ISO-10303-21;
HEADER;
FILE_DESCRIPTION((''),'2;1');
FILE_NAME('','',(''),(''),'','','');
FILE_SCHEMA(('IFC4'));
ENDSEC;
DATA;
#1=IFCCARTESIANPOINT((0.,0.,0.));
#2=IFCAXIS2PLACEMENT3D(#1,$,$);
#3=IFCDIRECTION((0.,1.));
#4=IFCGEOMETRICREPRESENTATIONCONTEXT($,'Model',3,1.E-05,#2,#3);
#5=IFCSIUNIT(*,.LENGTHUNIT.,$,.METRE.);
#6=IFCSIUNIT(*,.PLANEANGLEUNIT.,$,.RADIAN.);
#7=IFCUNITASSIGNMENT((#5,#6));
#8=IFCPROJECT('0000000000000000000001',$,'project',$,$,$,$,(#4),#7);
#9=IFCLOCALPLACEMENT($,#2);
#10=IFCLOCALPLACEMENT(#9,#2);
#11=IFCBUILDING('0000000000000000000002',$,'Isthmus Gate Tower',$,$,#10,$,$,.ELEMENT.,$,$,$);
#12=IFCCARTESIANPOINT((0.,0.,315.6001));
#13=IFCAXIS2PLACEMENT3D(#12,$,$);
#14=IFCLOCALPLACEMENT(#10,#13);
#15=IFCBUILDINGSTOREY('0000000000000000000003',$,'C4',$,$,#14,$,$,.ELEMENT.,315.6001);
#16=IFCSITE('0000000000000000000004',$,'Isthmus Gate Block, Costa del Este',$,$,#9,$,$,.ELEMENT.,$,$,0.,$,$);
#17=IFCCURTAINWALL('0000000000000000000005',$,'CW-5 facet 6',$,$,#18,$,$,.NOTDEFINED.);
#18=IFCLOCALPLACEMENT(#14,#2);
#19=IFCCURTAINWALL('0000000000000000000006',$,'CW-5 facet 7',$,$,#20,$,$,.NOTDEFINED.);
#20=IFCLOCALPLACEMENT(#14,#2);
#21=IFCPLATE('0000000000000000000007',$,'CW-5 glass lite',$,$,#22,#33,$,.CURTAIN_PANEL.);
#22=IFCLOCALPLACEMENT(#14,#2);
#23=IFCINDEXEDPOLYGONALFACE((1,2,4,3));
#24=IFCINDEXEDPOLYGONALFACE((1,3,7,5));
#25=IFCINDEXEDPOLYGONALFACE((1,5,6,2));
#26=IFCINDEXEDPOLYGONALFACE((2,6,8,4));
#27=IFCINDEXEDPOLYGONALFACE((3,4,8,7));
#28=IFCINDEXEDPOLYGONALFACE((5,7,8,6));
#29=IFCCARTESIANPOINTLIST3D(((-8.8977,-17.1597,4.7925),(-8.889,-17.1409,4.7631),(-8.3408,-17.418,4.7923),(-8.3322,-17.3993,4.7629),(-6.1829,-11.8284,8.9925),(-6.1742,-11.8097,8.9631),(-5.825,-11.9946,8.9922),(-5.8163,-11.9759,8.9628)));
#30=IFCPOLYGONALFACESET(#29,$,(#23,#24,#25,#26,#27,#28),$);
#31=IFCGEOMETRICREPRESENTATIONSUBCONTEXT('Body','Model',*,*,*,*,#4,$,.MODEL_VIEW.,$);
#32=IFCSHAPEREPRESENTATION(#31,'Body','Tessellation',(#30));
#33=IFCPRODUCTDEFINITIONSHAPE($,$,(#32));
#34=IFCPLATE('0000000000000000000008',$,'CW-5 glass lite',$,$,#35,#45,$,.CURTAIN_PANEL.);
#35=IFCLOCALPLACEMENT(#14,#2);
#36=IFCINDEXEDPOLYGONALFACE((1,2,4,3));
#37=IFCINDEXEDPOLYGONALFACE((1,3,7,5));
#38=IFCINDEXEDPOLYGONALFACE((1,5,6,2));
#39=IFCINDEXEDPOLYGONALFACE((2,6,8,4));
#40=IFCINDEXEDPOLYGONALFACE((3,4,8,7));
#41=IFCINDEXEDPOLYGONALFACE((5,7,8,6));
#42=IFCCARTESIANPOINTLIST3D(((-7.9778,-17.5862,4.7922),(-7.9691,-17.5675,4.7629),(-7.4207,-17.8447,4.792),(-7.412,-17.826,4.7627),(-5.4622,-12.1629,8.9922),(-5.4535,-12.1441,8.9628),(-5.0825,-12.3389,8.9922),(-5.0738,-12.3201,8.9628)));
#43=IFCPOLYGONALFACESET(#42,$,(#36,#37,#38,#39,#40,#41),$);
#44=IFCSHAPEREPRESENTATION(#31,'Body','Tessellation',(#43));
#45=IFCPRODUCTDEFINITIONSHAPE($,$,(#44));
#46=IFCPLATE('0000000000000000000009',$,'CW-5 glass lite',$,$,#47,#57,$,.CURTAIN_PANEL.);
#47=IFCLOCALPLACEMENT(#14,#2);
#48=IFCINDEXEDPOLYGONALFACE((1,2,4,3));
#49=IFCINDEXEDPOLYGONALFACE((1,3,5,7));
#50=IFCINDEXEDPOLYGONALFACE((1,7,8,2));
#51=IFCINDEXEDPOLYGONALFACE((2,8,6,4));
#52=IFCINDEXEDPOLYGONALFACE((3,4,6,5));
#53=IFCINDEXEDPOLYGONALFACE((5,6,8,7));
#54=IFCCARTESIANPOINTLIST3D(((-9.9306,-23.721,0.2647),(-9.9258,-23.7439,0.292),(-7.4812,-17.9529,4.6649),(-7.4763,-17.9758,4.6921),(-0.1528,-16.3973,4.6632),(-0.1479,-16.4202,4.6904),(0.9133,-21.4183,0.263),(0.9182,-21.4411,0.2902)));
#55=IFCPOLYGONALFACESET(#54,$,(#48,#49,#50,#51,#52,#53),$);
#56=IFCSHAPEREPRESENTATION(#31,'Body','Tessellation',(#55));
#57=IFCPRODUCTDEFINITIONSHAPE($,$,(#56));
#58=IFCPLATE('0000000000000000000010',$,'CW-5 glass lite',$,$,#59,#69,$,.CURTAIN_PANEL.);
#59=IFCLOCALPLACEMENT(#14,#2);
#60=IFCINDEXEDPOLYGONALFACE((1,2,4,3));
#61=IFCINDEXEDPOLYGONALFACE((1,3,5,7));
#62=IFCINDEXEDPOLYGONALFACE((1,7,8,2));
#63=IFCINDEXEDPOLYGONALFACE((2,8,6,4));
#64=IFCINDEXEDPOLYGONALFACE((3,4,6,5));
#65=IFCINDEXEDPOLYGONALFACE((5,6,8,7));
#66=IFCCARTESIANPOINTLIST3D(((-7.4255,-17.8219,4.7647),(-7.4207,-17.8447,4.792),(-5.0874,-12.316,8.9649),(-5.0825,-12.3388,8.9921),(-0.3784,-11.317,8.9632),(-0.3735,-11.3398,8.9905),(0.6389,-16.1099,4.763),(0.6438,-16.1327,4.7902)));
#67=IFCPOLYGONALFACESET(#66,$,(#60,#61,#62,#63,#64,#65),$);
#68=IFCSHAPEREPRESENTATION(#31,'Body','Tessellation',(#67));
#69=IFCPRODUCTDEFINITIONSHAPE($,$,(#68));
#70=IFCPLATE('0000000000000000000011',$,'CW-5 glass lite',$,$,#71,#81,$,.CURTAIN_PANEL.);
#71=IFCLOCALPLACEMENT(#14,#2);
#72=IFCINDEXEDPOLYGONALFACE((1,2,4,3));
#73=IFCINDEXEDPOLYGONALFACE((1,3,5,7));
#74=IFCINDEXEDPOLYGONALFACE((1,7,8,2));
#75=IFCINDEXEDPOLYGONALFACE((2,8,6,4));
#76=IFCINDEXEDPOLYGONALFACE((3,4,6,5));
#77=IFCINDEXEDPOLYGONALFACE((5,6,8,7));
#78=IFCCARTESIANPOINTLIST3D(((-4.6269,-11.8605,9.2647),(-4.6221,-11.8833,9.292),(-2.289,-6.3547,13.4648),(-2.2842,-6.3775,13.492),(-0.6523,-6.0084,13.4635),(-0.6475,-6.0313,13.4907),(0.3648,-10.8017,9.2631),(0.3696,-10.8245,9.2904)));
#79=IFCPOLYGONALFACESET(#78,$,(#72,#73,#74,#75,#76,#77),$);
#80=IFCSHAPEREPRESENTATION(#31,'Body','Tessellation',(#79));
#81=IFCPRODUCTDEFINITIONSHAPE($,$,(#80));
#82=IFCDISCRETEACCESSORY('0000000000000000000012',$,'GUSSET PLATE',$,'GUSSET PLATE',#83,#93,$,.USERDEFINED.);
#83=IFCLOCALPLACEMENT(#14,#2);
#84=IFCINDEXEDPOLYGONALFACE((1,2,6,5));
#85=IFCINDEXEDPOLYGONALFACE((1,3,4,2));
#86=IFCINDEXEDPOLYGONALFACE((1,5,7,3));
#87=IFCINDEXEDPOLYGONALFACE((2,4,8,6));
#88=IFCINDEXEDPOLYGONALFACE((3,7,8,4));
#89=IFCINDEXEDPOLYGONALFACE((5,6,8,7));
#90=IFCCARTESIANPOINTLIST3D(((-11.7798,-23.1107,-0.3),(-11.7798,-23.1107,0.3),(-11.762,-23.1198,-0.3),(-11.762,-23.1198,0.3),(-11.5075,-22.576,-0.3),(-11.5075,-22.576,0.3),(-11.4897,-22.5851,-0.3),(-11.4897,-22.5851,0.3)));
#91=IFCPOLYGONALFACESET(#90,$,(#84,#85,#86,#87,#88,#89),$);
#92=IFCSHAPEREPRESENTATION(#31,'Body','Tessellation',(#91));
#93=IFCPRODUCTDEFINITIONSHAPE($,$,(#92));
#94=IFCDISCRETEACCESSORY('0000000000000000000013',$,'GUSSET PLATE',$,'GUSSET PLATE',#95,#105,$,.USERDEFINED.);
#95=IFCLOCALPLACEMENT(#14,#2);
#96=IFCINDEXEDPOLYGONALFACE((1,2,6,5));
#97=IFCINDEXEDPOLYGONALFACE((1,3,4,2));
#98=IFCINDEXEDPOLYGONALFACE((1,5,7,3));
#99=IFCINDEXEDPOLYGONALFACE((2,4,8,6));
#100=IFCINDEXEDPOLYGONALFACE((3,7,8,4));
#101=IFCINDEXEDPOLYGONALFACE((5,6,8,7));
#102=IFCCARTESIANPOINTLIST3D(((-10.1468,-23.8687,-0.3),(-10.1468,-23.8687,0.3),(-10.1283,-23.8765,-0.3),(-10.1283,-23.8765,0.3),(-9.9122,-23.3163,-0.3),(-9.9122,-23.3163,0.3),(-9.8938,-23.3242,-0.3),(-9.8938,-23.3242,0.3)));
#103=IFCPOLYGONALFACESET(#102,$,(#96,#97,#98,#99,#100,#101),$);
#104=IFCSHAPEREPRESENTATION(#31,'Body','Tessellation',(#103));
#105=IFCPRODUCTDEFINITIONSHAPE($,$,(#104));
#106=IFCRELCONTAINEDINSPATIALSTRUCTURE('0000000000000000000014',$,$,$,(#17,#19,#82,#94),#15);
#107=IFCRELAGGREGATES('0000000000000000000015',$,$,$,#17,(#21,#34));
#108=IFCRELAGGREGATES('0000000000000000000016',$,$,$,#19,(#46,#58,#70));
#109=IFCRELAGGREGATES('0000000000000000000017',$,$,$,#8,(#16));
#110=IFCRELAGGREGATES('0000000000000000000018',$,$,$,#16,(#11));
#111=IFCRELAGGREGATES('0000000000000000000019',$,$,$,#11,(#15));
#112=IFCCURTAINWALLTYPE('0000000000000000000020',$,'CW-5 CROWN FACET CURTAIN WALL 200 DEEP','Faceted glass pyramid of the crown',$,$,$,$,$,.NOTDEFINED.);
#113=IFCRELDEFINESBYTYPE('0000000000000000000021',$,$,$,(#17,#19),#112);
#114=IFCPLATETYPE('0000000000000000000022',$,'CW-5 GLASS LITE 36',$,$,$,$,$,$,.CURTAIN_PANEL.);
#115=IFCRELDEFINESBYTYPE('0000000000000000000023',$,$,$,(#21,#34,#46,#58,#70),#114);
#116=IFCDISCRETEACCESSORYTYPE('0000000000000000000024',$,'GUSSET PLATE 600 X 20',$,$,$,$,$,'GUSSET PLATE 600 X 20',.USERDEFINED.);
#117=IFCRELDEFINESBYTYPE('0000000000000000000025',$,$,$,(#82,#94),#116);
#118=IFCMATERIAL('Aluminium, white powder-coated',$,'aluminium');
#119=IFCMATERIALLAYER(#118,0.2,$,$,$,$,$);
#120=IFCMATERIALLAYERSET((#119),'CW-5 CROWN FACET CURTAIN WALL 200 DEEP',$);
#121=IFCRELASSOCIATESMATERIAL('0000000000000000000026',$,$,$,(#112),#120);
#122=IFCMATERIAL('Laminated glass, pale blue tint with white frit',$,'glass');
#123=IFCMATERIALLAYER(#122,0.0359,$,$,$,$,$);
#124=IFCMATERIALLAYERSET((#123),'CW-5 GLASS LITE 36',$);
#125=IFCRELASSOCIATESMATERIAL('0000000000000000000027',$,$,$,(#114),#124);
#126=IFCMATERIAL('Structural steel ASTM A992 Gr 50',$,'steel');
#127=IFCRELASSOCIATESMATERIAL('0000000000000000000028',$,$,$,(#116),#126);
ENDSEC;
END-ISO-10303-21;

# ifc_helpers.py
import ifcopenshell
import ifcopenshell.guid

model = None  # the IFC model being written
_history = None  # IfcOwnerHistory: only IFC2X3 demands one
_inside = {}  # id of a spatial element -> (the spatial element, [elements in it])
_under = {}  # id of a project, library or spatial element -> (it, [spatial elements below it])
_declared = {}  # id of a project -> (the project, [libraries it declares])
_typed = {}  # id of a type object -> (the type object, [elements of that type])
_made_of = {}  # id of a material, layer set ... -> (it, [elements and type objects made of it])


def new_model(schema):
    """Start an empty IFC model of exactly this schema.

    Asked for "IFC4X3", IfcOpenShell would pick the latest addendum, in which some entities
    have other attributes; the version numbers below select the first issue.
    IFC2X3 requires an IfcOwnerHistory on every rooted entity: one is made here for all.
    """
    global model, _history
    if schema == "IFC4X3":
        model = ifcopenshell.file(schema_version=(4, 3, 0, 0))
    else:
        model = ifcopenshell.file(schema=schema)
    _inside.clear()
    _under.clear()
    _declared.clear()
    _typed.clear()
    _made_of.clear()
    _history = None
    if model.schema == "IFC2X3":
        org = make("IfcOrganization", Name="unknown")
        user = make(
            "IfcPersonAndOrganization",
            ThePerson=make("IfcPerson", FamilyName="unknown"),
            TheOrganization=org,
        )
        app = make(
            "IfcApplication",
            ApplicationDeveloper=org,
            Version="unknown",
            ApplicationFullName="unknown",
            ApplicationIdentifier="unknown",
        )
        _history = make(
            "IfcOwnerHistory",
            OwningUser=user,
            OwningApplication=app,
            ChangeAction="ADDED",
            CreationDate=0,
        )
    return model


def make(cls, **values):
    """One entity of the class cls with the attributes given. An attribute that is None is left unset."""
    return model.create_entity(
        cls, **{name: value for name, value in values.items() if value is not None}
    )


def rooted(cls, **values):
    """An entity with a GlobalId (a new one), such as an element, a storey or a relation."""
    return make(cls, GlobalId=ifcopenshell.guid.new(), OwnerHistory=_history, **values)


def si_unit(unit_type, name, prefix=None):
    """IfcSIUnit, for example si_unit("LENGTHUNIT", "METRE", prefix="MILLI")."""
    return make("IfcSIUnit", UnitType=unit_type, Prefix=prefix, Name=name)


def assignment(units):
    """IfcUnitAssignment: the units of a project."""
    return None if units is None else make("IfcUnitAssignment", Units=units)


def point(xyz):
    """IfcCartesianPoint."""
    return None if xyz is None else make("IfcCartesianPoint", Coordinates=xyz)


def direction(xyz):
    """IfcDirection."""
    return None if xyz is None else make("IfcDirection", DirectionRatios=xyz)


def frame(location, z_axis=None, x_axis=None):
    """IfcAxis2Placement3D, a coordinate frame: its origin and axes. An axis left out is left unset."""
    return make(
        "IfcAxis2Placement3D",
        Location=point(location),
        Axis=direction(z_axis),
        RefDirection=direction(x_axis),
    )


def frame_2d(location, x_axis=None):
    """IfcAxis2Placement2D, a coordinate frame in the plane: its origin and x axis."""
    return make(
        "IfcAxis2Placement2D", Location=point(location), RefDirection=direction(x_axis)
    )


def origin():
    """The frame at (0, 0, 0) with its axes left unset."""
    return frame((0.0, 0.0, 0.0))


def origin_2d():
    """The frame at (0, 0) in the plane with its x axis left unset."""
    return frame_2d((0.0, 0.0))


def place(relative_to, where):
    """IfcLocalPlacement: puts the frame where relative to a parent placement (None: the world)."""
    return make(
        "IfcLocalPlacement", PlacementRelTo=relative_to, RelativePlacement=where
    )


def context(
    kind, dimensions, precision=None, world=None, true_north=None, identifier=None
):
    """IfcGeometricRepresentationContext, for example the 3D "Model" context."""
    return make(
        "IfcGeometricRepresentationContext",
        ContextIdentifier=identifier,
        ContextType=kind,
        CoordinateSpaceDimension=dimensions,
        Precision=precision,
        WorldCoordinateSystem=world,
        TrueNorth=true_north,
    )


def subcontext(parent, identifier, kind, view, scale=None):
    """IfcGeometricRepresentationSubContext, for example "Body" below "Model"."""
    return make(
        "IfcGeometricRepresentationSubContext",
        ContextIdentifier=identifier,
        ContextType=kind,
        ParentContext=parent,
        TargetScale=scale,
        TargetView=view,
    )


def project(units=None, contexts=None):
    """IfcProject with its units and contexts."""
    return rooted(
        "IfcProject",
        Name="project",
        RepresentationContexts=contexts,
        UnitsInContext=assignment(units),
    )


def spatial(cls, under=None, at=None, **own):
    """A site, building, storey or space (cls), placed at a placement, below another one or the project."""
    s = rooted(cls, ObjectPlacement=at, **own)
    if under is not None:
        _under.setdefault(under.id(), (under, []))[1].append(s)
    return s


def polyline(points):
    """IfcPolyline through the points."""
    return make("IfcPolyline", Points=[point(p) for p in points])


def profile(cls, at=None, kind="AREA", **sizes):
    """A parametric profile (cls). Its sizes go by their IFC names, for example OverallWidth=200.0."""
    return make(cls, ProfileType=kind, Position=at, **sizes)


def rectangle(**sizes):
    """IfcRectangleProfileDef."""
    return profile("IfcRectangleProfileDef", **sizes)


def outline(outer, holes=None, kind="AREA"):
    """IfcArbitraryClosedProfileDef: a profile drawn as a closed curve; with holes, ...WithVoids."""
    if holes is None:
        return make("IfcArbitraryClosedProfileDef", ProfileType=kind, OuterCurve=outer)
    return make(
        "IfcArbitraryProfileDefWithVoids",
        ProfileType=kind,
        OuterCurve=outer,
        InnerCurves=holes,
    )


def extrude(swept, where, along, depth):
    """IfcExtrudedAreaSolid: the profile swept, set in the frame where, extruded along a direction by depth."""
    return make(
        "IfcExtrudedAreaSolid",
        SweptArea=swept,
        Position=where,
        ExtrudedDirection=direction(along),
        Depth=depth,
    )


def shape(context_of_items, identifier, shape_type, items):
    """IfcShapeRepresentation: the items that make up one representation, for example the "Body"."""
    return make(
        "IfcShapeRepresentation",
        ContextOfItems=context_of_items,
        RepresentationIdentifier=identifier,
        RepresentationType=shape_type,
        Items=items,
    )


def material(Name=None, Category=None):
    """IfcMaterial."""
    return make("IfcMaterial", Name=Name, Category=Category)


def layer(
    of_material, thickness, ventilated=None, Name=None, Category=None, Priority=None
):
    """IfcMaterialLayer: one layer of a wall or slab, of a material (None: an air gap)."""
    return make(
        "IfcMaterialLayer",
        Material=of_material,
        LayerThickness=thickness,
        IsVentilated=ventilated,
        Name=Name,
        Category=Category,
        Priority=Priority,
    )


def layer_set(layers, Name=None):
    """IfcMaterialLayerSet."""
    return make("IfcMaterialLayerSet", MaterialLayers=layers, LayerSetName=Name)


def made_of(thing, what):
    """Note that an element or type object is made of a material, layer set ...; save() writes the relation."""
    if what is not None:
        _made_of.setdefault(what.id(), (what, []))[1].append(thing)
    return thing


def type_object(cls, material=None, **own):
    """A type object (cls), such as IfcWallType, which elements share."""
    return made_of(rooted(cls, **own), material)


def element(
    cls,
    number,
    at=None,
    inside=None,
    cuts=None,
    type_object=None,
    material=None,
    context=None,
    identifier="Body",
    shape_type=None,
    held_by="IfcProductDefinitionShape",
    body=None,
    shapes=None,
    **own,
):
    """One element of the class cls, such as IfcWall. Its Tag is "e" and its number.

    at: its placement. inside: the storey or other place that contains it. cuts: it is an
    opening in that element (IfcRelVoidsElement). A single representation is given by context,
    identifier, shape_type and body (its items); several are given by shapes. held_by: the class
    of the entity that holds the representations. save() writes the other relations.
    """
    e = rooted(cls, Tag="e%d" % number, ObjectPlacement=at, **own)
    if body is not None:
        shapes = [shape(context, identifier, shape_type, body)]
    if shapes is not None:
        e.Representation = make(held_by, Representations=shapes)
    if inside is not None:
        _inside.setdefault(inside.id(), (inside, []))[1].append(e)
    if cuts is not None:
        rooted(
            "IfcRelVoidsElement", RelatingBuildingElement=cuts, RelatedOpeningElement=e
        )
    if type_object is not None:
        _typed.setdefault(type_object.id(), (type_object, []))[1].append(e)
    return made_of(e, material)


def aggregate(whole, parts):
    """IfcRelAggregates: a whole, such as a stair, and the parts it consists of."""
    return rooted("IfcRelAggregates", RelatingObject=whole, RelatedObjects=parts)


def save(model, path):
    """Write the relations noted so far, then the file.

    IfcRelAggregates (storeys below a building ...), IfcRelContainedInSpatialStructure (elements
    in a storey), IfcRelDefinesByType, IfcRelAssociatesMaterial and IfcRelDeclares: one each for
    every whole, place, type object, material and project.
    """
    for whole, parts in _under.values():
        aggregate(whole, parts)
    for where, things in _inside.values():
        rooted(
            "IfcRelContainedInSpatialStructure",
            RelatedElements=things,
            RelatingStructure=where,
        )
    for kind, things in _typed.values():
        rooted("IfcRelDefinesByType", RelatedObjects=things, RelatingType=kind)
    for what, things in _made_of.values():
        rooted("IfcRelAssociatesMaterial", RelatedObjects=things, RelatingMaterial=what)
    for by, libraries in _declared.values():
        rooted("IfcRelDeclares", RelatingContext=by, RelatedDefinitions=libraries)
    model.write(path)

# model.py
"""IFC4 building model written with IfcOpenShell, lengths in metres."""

from ifc_helpers import new_model, si_unit, direction, frame, origin, origin_2d, place, context, subcontext, project, spatial, polyline, rectangle, outline, extrude, material, layer, layer_set, type_object, element, aggregate, save


model = new_model("IFC4")

# Units and contexts
model_context = context("Model", 3, precision=1e-05, world=origin(), true_north=direction((0.0, 1.0)))
body_context = subcontext(model_context, "Body", "Model", "MODEL_VIEW")
ifc_project = project(units=[si_unit("LENGTHUNIT", "METRE"), si_unit("PLANEANGLEUNIT", "RADIAN")], contexts=[model_context])

# Site, building, storey
site_placement = place(None, origin())
site = spatial("IfcSite", under=ifc_project, at=site_placement, Name="Isthmus Gate Block, Costa del Este", CompositionType="ELEMENT", RefElevation=0.0)
building_placement = place(site_placement, origin())
building = spatial("IfcBuilding", under=site, at=building_placement, Name="Isthmus Gate Tower", CompositionType="ELEMENT")
storey_placement = place(building_placement, frame((0.0, 0.0, 315.6001)))
storey = spatial("IfcBuildingStorey", under=building, at=storey_placement, Name="C4", CompositionType="ELEMENT", Elevation=315.6001)

# Curtain walls
ifc_material_1 = material(Name="Aluminium, white powder-coated", Category="aluminium")
ifc_layer_1 = layer(ifc_material_1, 0.2)
ifc_layer_set_1 = layer_set([ifc_layer_1], Name="CW-5 CROWN FACET CURTAIN WALL 200 DEEP")
curtain_wall_type_1 = type_object("IfcCurtainWallType", Name="CW-5 CROWN FACET CURTAIN WALL 200 DEEP", Description="Faceted glass pyramid of the crown", PredefinedType="NOTDEFINED", material=ifc_layer_set_1)
curtain_wall_1_placement = place(storey_placement, origin())
curtain_wall_1 = element("IfcCurtainWall", 1, at=curtain_wall_1_placement, inside=storey, type_object=curtain_wall_type_1, Name="CW-5 facet 6", PredefinedType="NOTDEFINED")
placement_1 = place(building_placement, frame((0.0, 0.0, 324.6001)))
curtain_wall_2_placement = place(storey_placement, origin())
curtain_wall_2 = element("IfcCurtainWall", 2, at=curtain_wall_2_placement, inside=storey, type_object=curtain_wall_type_1, Name="CW-5 facet 7", PredefinedType="NOTDEFINED")

# Shared definitions
placement_2 = place(building_placement, frame((0.0, 0.0, 320.1001)))

# Plates
ifc_material_2 = material(Name="Laminated glass, pale blue tint with white frit", Category="glass")
ifc_layer_2 = layer(ifc_material_2, 0.0359)
ifc_layer_set_2 = layer_set([ifc_layer_2], Name="CW-5 GLASS LITE 36")
plate_type_1 = type_object("IfcPlateType", Name="CW-5 GLASS LITE 36", PredefinedType="CURTAIN_PANEL", material=ifc_layer_set_2)
plate_1_placement = place(placement_2, frame((-8.8977, -17.1597, 0.2925), z_axis=(-0.241633, -0.521585, 0.818268), x_axis=(0.907152, -0.420803, -0.00035)))
plate_1 = element("IfcPlate", 3, at=plate_1_placement, type_object=plate_type_1, Name="CW-5 glass lite", PredefinedType="CURTAIN_PANEL", context=body_context, shape_type="SweptSolid", body=[
    extrude(outline(polyline([(0.0, 0.0), (0.6139, 0.0), (0.6125, 7.3063), (0.2179, 7.3065), (0.0, 0.0)])), origin(), (0.0, 0.0, -1.0), 0.0359),
])
plate_2_placement = place(placement_2, frame((-7.9778, -17.5862, 0.2922), z_axis=(-0.241737, -0.521553, 0.818258), x_axis=(0.907072, -0.420976, -0.000353)))
plate_2 = element("IfcPlate", 4, at=plate_2_placement, type_object=plate_type_1, Name="CW-5 glass lite", PredefinedType="CURTAIN_PANEL", context=body_context, shape_type="SweptSolid", body=[
    extrude(outline(polyline([(0.0, 0.0), (0.6142, 0.0), (0.4157, 7.3064), (-0.0027, 7.3062), (0.0, 0.0)])), origin(), (0.0, 0.0, -1.0), 0.0359),
])
aggregate(curtain_wall_1, [plate_1, plate_2])
plate_3_placement = place(storey_placement, frame((-9.9258, -23.7439, 0.292), z_axis=(0.135311, -0.636617, 0.759216), x_axis=(0.978188, 0.207722, -0.000158)))
plate_3 = element("IfcPlate", 5, at=plate_3_placement, type_object=plate_type_1, Name="CW-5 glass lite", PredefinedType="CURTAIN_PANEL", context=body_context, shape_type="SweptSolid", body=[
    extrude(outline(polyline([(0.0, 0.0), (11.0858, 0.0), (11.0852, 6.7608), (3.5935, 6.7615), (0.0, 0.0)])), origin(), (0.0, 0.0, -1.0), 0.0359),
])
plate_4_placement = place(placement_2, frame((-7.4207, -17.8447, 0.292), z_axis=(0.135314, -0.636618, 0.759215), x_axis=(0.978201, 0.20766, -0.000217)))
plate_4 = element("IfcPlate", 6, at=plate_4_placement, type_object=plate_type_1, Name="CW-5 glass lite", PredefinedType="CURTAIN_PANEL", context=body_context, shape_type="SweptSolid", body=[
    extrude(outline(polyline([(0.0, 0.0), (8.2442, 0.0), (8.2434, 6.4536), (3.4296, 6.4545), (0.0, 0.0)])), origin(), (0.0, 0.0, -1.0), 0.0359),
])
plate_5_placement = place(placement_1, frame((-4.6221, -11.8833, 0.292), z_axis=(0.135278, -0.63661, 0.759228), x_axis=(0.978237, 0.207491, -0.000321)))
plate_5 = element("IfcPlate", 7, at=plate_5_placement, type_object=plate_type_1, Name="CW-5 glass lite", PredefinedType="CURTAIN_PANEL", context=body_context, shape_type="SweptSolid", body=[
    extrude(outline(polyline([(0.0, 0.0), (5.1028, 0.0), (5.101, 6.4539), (3.4281, 6.4551), (0.0, 0.0)])), origin(), (0.0, 0.0, -1.0), 0.0359),
])
aggregate(curtain_wall_2, [plate_3, plate_4, plate_5])

# Discrete accessories
ifc_material_3 = material(Name="Structural steel ASTM A992 Gr 50", Category="steel")
discrete_accessory_type = type_object("IfcDiscreteAccessoryType", Name="GUSSET PLATE 600 X 20", ElementType="GUSSET PLATE 600 X 20", PredefinedType="USERDEFINED", material=ifc_material_3)
for number, where, z_axis, x_axis, name in (
    (8, (-11.6348, -22.8479, -0.3), (0.0, 0.0, 1.0), (0.453784, 0.891112, 0.0), "GUSSET PLATE"),
    (9, (-10.0203, -23.5964, -0.3), (0.0, 0.0, 1.0), (0.390867, 0.920447, 0.0), "GUSSET PLATE"),
):
    element("IfcDiscreteAccessory", number, at=place(storey_placement, frame(where, z_axis=z_axis, x_axis=x_axis)), inside=storey, type_object=discrete_accessory_type, Name=name, ObjectType="GUSSET PLATE", PredefinedType="USERDEFINED", context=body_context, shape_type="SweptSolid", body=[
        extrude(rectangle(XDim=0.6001, YDim=0.02, at=origin_2d()), origin(), (0.0, 0.0, 1.0), 0.6001),
    ])

save(model, "model.ifc")
